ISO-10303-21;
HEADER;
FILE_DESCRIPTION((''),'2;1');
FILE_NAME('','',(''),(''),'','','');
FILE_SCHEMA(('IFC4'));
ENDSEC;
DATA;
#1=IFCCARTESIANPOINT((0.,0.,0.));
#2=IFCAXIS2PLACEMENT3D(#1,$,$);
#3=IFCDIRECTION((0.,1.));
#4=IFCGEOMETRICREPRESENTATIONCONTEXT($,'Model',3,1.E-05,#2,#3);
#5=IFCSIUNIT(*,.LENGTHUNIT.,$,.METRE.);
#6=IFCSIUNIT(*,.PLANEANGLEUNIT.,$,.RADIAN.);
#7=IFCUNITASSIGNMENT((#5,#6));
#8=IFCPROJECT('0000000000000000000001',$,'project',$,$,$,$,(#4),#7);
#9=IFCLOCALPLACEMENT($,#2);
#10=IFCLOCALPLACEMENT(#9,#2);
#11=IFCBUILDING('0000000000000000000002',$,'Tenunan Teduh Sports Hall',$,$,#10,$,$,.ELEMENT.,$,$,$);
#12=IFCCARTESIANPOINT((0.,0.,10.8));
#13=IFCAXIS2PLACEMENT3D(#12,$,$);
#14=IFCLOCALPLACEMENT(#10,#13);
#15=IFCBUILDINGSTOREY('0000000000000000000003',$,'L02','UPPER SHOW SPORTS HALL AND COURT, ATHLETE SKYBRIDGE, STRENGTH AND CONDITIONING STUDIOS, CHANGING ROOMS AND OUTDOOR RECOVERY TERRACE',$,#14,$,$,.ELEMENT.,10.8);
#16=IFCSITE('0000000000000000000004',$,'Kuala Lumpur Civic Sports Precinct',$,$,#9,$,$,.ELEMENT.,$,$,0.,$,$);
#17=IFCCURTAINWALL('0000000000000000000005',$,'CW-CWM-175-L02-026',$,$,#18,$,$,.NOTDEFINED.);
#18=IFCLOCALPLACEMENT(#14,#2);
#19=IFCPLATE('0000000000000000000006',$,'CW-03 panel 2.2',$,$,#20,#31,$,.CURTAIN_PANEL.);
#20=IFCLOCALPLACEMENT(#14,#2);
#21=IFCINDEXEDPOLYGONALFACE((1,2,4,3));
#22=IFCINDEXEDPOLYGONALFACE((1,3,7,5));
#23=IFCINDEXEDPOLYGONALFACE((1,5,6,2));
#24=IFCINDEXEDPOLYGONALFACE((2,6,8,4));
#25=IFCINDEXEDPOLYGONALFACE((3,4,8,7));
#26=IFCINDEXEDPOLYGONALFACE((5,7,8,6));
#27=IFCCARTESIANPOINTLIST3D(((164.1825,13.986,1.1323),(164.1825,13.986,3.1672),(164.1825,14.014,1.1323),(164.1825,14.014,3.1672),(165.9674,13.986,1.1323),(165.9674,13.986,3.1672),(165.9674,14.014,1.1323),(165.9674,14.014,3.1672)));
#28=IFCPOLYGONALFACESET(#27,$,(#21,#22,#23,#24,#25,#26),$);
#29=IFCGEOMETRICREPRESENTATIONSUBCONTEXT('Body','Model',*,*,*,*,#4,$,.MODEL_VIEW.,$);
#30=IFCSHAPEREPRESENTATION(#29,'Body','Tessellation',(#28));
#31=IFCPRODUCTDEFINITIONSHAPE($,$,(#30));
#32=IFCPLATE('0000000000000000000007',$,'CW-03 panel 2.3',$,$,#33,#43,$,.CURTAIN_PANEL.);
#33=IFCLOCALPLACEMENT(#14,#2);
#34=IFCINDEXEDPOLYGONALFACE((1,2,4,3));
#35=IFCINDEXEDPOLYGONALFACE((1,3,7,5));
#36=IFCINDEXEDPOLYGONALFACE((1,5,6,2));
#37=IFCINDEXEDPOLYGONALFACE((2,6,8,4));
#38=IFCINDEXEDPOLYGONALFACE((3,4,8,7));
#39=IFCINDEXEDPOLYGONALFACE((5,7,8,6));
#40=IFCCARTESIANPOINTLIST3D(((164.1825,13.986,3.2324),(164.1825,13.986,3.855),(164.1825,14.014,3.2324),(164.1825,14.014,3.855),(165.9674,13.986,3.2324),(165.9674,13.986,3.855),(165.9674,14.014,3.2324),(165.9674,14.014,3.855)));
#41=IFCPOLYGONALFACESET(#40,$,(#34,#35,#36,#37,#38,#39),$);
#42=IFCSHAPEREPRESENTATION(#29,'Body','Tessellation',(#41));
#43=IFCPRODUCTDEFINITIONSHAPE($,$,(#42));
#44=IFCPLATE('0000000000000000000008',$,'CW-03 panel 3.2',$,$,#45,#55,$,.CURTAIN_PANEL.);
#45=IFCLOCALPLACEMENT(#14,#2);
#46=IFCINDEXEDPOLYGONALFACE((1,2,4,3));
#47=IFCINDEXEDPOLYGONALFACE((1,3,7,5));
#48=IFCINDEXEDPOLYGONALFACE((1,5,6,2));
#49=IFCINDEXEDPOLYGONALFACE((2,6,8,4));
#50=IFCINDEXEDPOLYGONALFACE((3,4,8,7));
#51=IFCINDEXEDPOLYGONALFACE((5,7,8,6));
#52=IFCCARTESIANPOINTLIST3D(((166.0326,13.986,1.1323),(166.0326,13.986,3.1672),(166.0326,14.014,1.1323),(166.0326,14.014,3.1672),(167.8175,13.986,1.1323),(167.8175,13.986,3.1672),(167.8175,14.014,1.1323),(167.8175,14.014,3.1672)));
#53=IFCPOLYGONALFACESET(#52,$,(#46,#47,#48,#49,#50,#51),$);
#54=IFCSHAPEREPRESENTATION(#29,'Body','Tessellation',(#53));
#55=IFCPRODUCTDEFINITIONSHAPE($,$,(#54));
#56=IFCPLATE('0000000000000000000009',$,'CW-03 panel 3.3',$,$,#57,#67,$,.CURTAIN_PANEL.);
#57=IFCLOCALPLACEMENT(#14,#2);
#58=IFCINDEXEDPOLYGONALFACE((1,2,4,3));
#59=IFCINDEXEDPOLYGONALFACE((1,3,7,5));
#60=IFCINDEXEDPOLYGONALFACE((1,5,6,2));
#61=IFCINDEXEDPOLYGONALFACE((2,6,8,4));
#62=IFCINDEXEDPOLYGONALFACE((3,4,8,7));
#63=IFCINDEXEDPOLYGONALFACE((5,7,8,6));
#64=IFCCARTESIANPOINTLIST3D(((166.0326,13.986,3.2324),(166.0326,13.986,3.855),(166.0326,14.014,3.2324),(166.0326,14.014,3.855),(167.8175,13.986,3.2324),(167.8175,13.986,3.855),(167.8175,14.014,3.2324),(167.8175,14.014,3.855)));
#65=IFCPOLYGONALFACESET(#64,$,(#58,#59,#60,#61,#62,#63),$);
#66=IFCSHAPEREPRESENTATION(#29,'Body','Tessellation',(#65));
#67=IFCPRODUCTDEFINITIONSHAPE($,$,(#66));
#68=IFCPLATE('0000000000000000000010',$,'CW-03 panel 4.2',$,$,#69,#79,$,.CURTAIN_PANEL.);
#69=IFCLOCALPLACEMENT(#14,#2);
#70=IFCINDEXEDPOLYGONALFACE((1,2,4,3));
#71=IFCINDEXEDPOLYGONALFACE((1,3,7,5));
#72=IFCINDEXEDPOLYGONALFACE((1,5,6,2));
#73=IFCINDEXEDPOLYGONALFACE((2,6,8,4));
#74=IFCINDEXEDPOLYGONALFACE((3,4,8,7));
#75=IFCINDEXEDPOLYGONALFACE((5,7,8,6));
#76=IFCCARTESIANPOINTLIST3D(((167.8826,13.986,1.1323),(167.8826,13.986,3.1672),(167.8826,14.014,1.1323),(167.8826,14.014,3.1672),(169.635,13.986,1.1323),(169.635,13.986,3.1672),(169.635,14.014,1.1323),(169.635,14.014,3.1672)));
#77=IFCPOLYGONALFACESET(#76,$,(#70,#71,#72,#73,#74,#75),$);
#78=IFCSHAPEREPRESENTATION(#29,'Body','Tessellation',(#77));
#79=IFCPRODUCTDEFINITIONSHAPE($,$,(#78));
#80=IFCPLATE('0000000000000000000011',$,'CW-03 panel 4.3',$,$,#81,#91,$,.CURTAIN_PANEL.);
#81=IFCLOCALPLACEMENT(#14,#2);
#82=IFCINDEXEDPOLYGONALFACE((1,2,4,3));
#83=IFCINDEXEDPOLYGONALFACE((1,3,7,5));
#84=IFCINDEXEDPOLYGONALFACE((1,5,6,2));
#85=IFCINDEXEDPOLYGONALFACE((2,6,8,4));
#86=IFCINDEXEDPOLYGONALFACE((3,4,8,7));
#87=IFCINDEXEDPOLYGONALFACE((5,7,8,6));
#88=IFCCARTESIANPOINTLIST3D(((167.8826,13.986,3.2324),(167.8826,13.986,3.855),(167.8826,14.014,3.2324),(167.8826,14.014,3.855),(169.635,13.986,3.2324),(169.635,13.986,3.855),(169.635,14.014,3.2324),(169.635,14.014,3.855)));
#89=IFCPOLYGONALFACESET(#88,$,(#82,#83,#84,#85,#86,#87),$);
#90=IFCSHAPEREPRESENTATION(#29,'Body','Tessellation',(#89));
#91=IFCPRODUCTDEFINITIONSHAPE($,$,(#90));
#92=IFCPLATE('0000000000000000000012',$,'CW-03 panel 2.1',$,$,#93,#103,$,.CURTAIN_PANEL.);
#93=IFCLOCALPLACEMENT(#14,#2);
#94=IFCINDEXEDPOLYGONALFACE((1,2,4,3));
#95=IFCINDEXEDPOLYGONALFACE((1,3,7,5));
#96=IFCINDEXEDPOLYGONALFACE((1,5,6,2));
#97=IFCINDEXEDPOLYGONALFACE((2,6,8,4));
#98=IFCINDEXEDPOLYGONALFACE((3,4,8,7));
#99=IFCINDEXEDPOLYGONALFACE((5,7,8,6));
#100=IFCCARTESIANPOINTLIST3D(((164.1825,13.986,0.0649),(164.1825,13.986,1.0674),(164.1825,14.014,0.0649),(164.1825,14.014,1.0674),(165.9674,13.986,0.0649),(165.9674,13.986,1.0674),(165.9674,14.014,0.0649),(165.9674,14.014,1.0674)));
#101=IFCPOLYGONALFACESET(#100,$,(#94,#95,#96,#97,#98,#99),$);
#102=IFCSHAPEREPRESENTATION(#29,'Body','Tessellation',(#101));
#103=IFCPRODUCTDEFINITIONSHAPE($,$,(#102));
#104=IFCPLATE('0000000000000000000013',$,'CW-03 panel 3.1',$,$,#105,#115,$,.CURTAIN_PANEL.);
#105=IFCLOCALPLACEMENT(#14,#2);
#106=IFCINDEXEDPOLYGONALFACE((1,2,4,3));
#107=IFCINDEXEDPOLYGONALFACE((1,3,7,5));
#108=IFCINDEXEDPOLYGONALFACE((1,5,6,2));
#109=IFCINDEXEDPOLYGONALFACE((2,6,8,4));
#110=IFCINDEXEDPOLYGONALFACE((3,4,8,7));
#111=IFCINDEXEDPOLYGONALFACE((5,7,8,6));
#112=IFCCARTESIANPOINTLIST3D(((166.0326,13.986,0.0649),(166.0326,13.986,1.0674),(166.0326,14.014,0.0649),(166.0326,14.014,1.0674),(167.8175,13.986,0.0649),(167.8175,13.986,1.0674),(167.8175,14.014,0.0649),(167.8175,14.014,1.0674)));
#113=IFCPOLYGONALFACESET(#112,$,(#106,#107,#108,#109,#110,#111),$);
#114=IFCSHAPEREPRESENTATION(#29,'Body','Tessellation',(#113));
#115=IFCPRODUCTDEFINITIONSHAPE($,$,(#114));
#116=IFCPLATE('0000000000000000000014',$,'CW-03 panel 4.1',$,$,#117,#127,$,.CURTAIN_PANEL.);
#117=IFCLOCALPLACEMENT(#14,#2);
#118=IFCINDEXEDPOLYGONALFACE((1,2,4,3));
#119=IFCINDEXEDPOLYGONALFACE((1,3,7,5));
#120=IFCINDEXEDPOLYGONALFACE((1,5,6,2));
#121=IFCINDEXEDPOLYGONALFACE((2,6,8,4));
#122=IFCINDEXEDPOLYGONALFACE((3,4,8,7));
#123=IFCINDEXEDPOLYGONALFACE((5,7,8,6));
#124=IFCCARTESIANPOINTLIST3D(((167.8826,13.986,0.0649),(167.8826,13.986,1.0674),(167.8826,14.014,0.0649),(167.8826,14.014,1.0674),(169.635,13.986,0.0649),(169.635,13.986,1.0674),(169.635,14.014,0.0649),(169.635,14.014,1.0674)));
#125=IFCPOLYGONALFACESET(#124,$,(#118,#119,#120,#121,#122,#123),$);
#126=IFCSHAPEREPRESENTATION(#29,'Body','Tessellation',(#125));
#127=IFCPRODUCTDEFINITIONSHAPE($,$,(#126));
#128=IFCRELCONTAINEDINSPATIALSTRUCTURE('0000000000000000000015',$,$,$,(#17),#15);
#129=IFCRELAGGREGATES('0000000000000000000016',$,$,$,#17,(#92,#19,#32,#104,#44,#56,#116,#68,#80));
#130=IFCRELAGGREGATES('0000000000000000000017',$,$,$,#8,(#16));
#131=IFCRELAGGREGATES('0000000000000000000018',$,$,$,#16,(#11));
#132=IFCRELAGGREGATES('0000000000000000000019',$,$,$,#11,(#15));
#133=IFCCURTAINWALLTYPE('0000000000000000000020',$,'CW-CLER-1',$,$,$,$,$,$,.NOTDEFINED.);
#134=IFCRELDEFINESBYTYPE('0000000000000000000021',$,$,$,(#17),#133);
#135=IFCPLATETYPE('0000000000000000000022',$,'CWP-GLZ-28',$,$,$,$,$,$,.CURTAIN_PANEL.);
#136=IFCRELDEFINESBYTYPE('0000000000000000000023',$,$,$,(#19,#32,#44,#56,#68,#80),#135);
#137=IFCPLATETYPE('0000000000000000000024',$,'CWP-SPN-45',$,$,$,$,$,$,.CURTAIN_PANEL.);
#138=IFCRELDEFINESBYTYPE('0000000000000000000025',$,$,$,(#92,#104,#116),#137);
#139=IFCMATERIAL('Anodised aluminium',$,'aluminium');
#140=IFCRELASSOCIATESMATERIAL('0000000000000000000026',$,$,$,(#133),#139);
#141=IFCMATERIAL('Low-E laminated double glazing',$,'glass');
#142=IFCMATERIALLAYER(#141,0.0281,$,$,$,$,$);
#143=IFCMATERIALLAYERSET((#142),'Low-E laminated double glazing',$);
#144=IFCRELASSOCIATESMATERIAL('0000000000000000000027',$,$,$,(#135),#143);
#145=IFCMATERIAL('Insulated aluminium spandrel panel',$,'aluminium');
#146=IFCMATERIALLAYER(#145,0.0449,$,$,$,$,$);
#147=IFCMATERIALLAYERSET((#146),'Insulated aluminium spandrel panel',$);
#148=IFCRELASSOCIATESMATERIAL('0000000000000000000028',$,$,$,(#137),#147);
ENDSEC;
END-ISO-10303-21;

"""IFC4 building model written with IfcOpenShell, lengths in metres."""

from ifc_helpers import new_model, si_unit, direction, frame, origin, origin_2d, place, context, subcontext, project, spatial, rectangle, extrude, material, layer, layer_set, type_object, element, aggregate, save


model = new_model("IFC4")

# Units and contexts
model_context = context("Model", 3, precision=1e-05, world=origin(), true_north=direction((0.0, 1.0)))
body_context = subcontext(model_context, "Body", "Model", "MODEL_VIEW")
ifc_project = project(units=[si_unit("LENGTHUNIT", "METRE"), si_unit("PLANEANGLEUNIT", "RADIAN")], contexts=[model_context])

# Site, building, storey
site_placement = place(None, origin())
site = spatial("IfcSite", under=ifc_project, at=site_placement, Name="Kuala Lumpur Civic Sports Precinct", CompositionType="ELEMENT", RefElevation=0.0)
building_placement = place(site_placement, origin())
building = spatial("IfcBuilding", under=site, at=building_placement, Name="Tenunan Teduh Sports Hall", CompositionType="ELEMENT")
storey_placement = place(building_placement, frame((0.0, 0.0, 10.8)))
storey = spatial("IfcBuildingStorey", under=building, at=storey_placement, Name="L02", Description="UPPER SHOW SPORTS HALL AND COURT, ATHLETE SKYBRIDGE, STRENGTH AND CONDITIONING STUDIOS, CHANGING ROOMS AND OUTDOOR RECOVERY TERRACE", CompositionType="ELEMENT", Elevation=10.8)

# Curtain wall, plates
ifc_material_1 = material(Name="Anodised aluminium", Category="aluminium")
curtain_wall_type = type_object("IfcCurtainWallType", Name="CW-CLER-1", PredefinedType="NOTDEFINED", material=ifc_material_1)
curtain_wall_placement = place(storey_placement, origin())
curtain_wall = element("IfcCurtainWall", 1, at=curtain_wall_placement, inside=storey, type_object=curtain_wall_type, Name="CW-CWM-175-L02-026", PredefinedType="NOTDEFINED")
ifc_material_2 = material(Name="Low-E laminated double glazing", Category="glass")
ifc_layer_1 = layer(ifc_material_2, 0.0281)
ifc_layer_set_1 = layer_set([ifc_layer_1], Name="Low-E laminated double glazing")
plate_type_1 = type_object("IfcPlateType", Name="CWP-GLZ-28", PredefinedType="CURTAIN_PANEL", material=ifc_layer_set_1)
plate_1_placement = place(storey_placement, frame((165.075, 14.0, 1.1323), z_axis=(0.0, 0.0, 1.0), x_axis=(1.0, 0.0, 0.0)))
plate_1 = element("IfcPlate", 2, at=plate_1_placement, type_object=plate_type_1, Name="CW-03 panel 2.2", PredefinedType="CURTAIN_PANEL", context=body_context, shape_type="SweptSolid", body=[
    extrude(rectangle(XDim=1.7849, YDim=0.0281, at=origin_2d()), origin(), (0.0, 0.0, 1.0), 2.0349),
])
plate_2_placement = place(storey_placement, frame((165.075, 14.0, 3.2324), z_axis=(0.0, 0.0, 1.0), x_axis=(1.0, 0.0, 0.0)))
plate_2 = element("IfcPlate", 3, at=plate_2_placement, type_object=plate_type_1, Name="CW-03 panel 2.3", PredefinedType="CURTAIN_PANEL", context=body_context, shape_type="SweptSolid", body=[
    extrude(rectangle(XDim=1.7849, YDim=0.0281, at=origin_2d()), origin(), (0.0, 0.0, 1.0), 0.6226),
])
plate_3_placement = place(storey_placement, frame((166.925, 14.0, 1.1323), z_axis=(0.0, 0.0, 1.0), x_axis=(1.0, 0.0, 0.0)))
plate_3 = element("IfcPlate", 4, at=plate_3_placement, type_object=plate_type_1, Name="CW-03 panel 3.2", PredefinedType="CURTAIN_PANEL", context=body_context, shape_type="SweptSolid", body=[
    extrude(rectangle(XDim=1.7849, YDim=0.0281, at=origin_2d()), origin(), (0.0, 0.0, 1.0), 2.0349),
])
plate_4_placement = place(storey_placement, frame((166.925, 14.0, 3.2324), z_axis=(0.0, 0.0, 1.0), x_axis=(1.0, 0.0, 0.0)))
plate_4 = element("IfcPlate", 5, at=plate_4_placement, type_object=plate_type_1, Name="CW-03 panel 3.3", PredefinedType="CURTAIN_PANEL", context=body_context, shape_type="SweptSolid", body=[
    extrude(rectangle(XDim=1.7849, YDim=0.0281, at=origin_2d()), origin(), (0.0, 0.0, 1.0), 0.6226),
])
plate_5_placement = place(storey_placement, frame((168.7588, 14.0, 1.1323), z_axis=(0.0, 0.0, 1.0), x_axis=(1.0, 0.0, 0.0)))
plate_5 = element("IfcPlate", 6, at=plate_5_placement, type_object=plate_type_1, Name="CW-03 panel 4.2", PredefinedType="CURTAIN_PANEL", context=body_context, shape_type="SweptSolid", body=[
    extrude(rectangle(XDim=1.7524, YDim=0.0281, at=origin_2d()), origin(), (0.0, 0.0, 1.0), 2.0349),
])
plate_6_placement = place(storey_placement, frame((168.7588, 14.0, 3.2324), z_axis=(0.0, 0.0, 1.0), x_axis=(1.0, 0.0, 0.0)))
plate_6 = element("IfcPlate", 7, at=plate_6_placement, type_object=plate_type_1, Name="CW-03 panel 4.3", PredefinedType="CURTAIN_PANEL", context=body_context, shape_type="SweptSolid", body=[
    extrude(rectangle(XDim=1.7524, YDim=0.0281, at=origin_2d()), origin(), (0.0, 0.0, 1.0), 0.6226),
])
ifc_material_3 = material(Name="Insulated aluminium spandrel panel", Category="aluminium")
ifc_layer_2 = layer(ifc_material_3, 0.0449)
ifc_layer_set_2 = layer_set([ifc_layer_2], Name="Insulated aluminium spandrel panel")
plate_type_2 = type_object("IfcPlateType", Name="CWP-SPN-45", PredefinedType="CURTAIN_PANEL", material=ifc_layer_set_2)
plate_7_placement = place(storey_placement, frame((165.075, 14.0, 0.0649), z_axis=(0.0, 0.0, 1.0), x_axis=(1.0, 0.0, 0.0)))
plate_7 = element("IfcPlate", 8, at=plate_7_placement, type_object=plate_type_2, Name="CW-03 panel 2.1", PredefinedType="CURTAIN_PANEL", context=body_context, shape_type="SweptSolid", body=[
    extrude(rectangle(XDim=1.7849, YDim=0.0281, at=origin_2d()), origin(), (0.0, 0.0, 1.0), 1.0024),
])
plate_8_placement = place(storey_placement, frame((166.925, 14.0, 0.0649), z_axis=(0.0, 0.0, 1.0), x_axis=(1.0, 0.0, 0.0)))
plate_8 = element("IfcPlate", 9, at=plate_8_placement, type_object=plate_type_2, Name="CW-03 panel 3.1", PredefinedType="CURTAIN_PANEL", context=body_context, shape_type="SweptSolid", body=[
    extrude(rectangle(XDim=1.7849, YDim=0.0281, at=origin_2d()), origin(), (0.0, 0.0, 1.0), 1.0024),
])
plate_9_placement = place(storey_placement, frame((168.7588, 14.0, 0.0649), z_axis=(0.0, 0.0, 1.0), x_axis=(1.0, 0.0, 0.0)))
plate_9 = element("IfcPlate", 10, at=plate_9_placement, type_object=plate_type_2, Name="CW-03 panel 4.1", PredefinedType="CURTAIN_PANEL", context=body_context, shape_type="SweptSolid", body=[
    extrude(rectangle(XDim=1.7524, YDim=0.0281, at=origin_2d()), origin(), (0.0, 0.0, 1.0), 1.0024),
])
aggregate(curtain_wall, [plate_7, plate_1, plate_2, plate_8, plate_3, plate_4, plate_9, plate_5, plate_6])

save(model, "model.ifc")
